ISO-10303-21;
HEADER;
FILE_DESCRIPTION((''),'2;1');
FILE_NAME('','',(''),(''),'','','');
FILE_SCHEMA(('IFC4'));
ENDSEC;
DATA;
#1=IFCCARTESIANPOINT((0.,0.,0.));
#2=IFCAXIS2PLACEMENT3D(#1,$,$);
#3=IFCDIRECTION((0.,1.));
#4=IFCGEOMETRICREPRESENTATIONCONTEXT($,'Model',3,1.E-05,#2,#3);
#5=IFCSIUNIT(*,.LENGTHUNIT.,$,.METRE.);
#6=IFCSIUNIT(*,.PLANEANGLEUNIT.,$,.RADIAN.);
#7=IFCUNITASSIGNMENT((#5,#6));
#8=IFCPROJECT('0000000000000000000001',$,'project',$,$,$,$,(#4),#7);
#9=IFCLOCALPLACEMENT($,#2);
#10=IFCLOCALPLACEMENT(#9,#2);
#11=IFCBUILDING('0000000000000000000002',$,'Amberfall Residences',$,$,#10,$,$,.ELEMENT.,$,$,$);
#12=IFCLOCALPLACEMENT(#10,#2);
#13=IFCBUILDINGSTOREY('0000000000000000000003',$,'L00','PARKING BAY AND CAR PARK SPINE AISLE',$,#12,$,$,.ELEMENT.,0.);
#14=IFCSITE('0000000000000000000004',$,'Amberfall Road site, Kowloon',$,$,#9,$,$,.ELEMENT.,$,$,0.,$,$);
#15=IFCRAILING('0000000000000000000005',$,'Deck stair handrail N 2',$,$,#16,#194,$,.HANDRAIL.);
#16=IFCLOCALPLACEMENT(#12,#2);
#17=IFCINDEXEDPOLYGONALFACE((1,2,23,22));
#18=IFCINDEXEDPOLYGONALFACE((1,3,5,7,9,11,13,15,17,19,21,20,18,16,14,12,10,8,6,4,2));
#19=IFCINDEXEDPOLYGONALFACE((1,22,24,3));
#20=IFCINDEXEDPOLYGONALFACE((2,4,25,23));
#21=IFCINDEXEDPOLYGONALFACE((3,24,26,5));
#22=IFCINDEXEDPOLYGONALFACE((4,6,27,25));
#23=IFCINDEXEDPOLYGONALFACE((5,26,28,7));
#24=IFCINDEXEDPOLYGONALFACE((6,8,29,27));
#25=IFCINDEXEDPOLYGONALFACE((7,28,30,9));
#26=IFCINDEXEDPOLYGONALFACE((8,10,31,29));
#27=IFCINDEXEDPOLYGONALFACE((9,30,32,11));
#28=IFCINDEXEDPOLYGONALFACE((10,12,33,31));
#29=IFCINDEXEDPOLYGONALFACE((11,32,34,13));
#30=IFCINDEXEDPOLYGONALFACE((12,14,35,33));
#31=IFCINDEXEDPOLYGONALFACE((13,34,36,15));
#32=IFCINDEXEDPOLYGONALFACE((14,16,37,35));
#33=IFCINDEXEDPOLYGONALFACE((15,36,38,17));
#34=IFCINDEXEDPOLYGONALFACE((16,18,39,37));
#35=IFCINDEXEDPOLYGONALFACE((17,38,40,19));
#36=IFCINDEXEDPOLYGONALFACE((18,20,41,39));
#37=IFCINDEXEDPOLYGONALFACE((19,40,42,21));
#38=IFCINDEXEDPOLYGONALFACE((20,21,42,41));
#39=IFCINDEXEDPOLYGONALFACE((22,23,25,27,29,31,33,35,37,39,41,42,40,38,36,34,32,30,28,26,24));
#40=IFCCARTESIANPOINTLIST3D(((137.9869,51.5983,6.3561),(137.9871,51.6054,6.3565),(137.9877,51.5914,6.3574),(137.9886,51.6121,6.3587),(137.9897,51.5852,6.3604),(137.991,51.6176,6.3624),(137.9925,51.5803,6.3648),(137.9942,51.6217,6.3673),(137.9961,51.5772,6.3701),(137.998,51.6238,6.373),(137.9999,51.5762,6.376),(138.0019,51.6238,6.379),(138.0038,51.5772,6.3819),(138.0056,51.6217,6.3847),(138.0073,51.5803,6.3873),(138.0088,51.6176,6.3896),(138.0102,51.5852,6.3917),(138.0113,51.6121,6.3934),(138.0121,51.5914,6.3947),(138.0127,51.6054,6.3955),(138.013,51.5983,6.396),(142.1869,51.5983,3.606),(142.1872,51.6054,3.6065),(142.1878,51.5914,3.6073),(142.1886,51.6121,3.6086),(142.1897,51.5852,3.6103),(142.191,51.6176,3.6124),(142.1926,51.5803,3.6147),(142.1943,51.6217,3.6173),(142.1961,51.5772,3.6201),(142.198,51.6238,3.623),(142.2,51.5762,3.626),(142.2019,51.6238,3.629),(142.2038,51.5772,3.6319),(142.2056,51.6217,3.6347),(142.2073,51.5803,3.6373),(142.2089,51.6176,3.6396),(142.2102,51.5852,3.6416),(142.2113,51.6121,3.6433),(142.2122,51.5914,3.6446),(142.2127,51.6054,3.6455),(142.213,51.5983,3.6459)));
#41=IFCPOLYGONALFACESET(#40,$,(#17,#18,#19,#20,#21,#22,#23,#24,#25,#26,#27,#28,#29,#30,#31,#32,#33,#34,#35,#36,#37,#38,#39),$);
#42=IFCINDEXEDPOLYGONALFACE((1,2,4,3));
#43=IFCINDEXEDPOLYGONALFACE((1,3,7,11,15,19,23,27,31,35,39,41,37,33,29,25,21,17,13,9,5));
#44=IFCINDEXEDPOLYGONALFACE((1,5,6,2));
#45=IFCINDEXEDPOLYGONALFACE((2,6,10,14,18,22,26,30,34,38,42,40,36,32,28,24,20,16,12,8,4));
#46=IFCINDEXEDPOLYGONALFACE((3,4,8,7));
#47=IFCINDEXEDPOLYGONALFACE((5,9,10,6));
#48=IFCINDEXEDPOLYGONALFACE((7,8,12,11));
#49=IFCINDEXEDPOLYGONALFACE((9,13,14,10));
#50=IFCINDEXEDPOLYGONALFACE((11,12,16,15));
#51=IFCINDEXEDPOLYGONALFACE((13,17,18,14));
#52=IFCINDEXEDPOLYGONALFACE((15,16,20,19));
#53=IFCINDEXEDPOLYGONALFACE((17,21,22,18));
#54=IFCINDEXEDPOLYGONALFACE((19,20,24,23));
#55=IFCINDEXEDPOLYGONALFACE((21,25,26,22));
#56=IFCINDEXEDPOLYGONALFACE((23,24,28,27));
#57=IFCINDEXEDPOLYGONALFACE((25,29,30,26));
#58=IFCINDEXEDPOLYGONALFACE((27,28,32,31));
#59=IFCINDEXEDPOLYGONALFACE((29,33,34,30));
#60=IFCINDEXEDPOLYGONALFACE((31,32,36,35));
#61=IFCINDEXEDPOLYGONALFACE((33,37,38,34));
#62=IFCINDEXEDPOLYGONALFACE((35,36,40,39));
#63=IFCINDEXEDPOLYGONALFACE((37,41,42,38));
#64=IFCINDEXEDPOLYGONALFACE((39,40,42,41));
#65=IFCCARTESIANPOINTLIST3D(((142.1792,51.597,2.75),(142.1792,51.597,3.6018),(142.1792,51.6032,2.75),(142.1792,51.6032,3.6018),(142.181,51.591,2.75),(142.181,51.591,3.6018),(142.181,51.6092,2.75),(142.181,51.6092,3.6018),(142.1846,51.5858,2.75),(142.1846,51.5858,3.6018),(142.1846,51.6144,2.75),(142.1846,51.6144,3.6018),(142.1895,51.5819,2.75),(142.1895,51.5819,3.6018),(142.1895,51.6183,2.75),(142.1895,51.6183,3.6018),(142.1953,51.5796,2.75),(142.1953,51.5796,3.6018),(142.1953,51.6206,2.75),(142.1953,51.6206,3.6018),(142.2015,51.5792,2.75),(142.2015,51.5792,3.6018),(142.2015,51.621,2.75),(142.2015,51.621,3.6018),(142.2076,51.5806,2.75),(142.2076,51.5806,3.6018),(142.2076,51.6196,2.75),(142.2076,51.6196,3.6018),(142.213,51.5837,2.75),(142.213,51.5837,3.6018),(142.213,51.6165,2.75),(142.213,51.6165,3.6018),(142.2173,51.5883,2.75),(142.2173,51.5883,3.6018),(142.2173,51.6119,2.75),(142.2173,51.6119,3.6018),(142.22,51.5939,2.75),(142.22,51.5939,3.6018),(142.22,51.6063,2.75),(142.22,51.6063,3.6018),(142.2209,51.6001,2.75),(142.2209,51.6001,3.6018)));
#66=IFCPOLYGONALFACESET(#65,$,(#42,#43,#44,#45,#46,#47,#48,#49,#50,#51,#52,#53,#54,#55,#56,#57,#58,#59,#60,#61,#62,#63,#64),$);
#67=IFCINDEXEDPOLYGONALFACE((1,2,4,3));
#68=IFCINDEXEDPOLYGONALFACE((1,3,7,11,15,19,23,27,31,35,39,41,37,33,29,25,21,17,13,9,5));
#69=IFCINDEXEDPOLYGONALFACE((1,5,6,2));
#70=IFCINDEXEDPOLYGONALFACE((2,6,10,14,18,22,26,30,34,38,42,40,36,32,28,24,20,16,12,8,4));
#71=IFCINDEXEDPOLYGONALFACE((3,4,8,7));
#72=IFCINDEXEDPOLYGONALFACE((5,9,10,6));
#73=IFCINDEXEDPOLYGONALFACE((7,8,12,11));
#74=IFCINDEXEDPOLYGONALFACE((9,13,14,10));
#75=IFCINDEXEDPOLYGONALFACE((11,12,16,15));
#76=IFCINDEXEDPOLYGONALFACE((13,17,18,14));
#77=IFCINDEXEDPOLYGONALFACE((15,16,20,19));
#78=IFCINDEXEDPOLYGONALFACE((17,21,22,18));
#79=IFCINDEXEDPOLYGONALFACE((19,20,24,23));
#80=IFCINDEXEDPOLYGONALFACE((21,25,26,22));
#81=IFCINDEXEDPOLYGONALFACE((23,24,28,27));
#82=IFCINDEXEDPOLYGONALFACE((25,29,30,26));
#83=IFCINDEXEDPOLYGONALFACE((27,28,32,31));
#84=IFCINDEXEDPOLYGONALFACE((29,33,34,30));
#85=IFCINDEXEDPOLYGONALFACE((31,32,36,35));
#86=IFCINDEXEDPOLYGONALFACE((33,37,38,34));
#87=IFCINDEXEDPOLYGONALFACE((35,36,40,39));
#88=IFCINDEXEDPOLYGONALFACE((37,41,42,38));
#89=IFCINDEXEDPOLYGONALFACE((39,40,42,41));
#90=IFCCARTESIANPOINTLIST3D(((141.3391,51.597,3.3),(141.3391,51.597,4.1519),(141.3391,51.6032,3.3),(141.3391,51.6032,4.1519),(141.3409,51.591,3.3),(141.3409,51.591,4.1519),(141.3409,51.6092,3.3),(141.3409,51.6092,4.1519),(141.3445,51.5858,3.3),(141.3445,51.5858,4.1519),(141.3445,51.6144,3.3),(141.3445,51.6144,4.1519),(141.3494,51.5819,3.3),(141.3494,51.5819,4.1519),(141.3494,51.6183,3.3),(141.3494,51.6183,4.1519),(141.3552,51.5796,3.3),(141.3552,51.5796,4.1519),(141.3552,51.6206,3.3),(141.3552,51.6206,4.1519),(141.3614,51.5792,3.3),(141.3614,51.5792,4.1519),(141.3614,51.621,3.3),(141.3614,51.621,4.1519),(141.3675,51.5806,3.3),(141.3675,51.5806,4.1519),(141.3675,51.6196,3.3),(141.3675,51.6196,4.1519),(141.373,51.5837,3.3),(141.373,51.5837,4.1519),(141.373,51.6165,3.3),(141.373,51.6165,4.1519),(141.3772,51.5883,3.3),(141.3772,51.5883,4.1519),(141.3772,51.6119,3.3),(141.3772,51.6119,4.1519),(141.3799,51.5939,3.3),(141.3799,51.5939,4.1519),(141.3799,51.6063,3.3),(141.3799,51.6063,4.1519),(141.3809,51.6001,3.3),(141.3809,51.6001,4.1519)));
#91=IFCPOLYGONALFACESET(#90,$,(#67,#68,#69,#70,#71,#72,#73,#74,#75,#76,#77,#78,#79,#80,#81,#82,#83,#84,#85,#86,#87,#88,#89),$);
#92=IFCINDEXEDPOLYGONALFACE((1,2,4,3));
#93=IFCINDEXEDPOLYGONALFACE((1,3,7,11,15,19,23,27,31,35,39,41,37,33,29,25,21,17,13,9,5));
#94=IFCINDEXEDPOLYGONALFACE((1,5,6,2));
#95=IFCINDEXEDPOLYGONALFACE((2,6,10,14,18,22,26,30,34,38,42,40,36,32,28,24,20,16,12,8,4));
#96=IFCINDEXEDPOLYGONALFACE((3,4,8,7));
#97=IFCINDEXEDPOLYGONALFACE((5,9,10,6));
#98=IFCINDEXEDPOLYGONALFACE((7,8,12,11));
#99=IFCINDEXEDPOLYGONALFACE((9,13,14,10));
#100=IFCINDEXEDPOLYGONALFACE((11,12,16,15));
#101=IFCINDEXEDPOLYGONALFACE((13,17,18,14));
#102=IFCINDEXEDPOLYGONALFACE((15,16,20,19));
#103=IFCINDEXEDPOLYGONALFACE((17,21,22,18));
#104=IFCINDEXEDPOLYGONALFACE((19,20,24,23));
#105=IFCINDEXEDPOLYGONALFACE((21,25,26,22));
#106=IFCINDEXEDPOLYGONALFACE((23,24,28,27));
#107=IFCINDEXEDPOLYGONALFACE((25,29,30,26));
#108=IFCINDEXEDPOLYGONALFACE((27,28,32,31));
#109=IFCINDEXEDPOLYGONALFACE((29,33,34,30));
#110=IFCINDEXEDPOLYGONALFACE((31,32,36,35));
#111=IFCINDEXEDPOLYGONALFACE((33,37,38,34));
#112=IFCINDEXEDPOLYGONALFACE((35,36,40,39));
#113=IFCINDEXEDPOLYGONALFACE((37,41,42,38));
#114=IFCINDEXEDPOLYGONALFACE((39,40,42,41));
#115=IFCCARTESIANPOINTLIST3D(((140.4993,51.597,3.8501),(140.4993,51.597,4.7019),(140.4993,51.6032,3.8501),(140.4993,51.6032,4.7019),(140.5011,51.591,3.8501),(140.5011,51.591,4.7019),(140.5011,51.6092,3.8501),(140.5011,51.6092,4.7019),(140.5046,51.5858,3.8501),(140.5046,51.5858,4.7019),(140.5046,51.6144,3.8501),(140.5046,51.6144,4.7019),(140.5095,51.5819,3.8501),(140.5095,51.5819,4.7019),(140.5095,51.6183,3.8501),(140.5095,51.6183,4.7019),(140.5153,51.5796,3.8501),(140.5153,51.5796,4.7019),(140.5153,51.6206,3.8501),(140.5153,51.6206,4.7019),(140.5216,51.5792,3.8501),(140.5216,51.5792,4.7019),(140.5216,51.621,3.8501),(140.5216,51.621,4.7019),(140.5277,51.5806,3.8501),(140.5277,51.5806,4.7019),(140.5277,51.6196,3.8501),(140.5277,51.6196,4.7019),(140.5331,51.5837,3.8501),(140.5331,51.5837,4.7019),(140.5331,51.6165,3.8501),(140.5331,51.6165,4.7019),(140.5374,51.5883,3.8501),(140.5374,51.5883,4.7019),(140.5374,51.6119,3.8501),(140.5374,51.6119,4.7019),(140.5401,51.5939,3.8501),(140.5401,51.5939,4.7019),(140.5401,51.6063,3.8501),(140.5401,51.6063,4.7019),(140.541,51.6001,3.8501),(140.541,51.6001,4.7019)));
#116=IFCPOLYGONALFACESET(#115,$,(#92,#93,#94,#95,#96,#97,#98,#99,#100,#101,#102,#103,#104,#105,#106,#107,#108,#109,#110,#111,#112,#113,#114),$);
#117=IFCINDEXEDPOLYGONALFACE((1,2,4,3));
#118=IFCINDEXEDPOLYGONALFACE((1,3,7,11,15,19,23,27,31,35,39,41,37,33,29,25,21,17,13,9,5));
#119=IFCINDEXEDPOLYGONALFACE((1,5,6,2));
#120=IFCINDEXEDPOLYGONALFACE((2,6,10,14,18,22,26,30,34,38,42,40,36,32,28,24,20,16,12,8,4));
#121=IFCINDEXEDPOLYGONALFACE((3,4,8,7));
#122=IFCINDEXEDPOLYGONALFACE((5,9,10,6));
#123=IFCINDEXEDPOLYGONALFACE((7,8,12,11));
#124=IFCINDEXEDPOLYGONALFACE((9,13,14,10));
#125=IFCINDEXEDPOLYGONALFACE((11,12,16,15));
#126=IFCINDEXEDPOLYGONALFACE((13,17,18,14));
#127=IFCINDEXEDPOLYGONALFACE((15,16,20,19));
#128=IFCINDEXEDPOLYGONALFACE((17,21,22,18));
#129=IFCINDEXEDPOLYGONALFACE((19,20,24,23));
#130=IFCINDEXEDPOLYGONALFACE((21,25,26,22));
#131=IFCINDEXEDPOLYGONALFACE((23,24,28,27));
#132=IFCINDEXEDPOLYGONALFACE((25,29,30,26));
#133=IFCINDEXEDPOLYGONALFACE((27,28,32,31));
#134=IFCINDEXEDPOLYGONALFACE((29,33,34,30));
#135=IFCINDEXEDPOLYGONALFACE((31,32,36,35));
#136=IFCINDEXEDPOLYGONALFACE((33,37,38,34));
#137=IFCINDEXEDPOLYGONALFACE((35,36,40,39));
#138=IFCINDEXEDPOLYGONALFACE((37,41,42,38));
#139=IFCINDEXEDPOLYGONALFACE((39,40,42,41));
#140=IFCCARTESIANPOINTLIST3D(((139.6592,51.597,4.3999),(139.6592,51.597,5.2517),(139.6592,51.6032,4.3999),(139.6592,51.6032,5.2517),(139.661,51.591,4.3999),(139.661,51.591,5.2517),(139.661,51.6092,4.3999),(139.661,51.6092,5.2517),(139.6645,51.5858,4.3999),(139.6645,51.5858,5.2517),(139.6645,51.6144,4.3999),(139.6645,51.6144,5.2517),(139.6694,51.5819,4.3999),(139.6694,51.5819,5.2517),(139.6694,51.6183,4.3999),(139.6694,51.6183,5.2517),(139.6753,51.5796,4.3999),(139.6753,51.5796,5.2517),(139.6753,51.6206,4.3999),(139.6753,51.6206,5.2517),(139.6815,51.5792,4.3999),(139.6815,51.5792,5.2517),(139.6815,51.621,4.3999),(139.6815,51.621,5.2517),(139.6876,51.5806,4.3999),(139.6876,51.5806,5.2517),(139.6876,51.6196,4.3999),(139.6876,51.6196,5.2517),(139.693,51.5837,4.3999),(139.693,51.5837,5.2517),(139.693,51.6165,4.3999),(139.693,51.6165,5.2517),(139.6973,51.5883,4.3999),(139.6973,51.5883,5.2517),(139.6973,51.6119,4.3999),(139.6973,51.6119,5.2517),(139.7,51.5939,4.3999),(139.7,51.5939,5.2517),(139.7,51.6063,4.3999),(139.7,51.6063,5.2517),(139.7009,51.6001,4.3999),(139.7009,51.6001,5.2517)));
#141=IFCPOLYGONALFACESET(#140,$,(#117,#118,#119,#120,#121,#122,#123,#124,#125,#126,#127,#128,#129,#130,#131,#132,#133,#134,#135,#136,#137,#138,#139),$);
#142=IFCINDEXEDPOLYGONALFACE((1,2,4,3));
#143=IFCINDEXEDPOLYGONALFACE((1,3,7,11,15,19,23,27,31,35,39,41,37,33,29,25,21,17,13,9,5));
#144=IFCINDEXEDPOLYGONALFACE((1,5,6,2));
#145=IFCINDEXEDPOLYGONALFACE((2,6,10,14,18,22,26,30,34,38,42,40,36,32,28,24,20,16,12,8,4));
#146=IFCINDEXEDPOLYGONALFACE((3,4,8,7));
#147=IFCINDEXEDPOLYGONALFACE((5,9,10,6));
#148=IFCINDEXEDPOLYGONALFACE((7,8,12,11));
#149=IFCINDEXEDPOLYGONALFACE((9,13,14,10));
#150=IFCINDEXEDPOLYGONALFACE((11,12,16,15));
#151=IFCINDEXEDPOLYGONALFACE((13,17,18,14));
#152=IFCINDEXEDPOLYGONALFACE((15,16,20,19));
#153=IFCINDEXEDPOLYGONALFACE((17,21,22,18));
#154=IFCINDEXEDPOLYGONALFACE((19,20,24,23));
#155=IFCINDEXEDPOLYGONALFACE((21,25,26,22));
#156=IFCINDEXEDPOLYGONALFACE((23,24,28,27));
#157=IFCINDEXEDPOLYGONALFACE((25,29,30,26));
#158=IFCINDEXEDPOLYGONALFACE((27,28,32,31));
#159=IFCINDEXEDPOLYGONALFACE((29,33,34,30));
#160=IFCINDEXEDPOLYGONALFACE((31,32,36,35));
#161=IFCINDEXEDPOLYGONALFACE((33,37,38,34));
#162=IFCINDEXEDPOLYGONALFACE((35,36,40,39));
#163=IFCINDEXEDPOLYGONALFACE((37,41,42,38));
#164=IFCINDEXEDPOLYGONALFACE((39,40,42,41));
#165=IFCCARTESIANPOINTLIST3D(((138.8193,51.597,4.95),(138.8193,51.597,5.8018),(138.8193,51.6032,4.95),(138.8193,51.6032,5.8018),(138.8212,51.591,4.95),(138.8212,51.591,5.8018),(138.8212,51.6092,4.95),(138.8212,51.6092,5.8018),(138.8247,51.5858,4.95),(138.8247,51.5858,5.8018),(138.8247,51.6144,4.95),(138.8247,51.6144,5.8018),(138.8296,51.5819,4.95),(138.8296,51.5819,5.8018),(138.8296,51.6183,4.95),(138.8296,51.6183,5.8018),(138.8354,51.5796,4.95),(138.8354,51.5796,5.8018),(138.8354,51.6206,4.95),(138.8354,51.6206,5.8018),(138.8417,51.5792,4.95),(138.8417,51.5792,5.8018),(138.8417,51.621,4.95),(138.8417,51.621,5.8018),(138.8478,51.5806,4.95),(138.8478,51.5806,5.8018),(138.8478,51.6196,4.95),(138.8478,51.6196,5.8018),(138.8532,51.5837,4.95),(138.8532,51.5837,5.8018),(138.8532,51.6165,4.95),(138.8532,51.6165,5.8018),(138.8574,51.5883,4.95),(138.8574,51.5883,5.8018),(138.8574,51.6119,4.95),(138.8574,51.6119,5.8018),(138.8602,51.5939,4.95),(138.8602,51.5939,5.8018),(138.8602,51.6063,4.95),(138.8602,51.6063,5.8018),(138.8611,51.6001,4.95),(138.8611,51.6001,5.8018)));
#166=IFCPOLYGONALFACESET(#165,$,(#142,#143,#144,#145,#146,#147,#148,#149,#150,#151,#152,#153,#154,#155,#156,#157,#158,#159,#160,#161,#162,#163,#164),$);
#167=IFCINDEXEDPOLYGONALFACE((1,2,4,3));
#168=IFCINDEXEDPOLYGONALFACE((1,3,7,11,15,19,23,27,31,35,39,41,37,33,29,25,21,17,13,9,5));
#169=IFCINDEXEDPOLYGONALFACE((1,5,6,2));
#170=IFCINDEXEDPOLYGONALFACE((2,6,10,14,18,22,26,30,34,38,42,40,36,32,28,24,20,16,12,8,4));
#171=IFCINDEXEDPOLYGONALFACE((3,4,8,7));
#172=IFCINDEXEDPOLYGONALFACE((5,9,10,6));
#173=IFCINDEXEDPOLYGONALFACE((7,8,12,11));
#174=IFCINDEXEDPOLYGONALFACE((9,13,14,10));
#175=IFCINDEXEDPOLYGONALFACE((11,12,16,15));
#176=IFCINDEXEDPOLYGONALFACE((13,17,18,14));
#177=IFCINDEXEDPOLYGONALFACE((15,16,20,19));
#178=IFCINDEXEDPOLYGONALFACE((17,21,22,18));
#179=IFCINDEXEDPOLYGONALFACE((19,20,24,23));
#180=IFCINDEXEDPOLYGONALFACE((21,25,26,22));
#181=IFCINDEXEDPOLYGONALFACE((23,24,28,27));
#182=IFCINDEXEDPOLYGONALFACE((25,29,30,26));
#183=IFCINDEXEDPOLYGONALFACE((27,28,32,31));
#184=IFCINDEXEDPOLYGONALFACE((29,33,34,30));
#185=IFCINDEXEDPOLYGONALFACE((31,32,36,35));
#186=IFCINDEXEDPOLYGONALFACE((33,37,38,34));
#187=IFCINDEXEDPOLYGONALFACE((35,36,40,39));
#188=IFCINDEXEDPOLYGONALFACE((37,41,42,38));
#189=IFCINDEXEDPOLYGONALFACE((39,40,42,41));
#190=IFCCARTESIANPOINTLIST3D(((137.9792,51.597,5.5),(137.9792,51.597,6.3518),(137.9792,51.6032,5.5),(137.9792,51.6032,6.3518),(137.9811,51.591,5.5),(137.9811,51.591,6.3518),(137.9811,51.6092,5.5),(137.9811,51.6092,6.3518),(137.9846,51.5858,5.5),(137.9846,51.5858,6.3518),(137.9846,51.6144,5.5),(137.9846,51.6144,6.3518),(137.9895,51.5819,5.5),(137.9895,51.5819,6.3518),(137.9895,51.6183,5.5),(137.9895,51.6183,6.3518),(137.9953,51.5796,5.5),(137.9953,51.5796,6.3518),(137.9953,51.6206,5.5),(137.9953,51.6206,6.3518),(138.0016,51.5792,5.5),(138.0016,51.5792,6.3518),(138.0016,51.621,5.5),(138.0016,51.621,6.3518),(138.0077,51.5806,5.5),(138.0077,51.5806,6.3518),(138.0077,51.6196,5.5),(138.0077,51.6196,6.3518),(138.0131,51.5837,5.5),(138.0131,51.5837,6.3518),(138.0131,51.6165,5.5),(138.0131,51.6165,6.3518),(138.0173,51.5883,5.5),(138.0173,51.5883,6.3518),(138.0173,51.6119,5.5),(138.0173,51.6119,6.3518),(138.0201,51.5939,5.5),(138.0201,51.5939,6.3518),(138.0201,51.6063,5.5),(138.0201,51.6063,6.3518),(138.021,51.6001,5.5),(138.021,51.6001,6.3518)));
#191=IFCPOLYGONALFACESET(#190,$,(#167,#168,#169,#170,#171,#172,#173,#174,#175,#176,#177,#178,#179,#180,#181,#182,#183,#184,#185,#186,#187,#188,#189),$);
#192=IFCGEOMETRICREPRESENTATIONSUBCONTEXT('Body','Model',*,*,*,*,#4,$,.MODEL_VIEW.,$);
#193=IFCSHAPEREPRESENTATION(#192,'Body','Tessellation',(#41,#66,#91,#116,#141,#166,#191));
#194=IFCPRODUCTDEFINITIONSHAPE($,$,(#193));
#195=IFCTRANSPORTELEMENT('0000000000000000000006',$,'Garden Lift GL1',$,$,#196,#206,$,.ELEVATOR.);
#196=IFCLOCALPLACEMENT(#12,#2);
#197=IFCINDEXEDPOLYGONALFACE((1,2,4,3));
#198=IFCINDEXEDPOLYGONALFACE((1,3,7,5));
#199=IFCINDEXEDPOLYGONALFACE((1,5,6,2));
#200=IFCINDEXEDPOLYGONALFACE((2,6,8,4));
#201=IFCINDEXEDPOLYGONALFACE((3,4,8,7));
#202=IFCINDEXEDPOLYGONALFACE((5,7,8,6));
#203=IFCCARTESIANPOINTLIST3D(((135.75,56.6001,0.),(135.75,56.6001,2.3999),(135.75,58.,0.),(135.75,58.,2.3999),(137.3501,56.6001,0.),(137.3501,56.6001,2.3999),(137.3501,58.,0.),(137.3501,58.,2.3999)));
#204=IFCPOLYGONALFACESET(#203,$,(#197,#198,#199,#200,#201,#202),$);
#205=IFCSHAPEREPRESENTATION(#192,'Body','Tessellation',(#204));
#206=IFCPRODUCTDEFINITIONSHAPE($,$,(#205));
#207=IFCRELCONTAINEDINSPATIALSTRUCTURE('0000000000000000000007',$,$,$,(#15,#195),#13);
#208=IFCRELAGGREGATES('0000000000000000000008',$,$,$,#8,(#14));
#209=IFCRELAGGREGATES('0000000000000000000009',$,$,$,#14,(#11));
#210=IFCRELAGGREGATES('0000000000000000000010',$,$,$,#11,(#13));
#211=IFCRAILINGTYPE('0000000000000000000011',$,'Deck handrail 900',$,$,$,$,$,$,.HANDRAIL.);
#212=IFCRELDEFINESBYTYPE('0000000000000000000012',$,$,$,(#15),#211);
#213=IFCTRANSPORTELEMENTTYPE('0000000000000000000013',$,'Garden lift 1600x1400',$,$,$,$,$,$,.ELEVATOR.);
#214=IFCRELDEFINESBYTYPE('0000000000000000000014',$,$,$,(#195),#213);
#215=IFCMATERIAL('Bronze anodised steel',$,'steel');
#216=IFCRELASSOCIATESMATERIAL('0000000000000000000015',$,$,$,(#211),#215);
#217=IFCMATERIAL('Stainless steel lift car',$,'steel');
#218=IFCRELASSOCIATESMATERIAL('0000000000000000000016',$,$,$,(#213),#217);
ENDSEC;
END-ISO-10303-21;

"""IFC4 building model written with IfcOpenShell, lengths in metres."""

from ifc_helpers import new_model, si_unit, direction, frame, origin, origin_2d, place, context, subcontext, project, spatial, rectangle, circle, extrude, material, type_object, element, save


model = new_model("IFC4")

# Units and contexts
model_context = context("Model", 3, precision=1e-05, world=origin(), true_north=direction((0.0, 1.0)))
body_context = subcontext(model_context, "Body", "Model", "MODEL_VIEW")
ifc_project = project(units=[si_unit("LENGTHUNIT", "METRE"), si_unit("PLANEANGLEUNIT", "RADIAN")], contexts=[model_context])

# Site, building, storey
site_placement = place(None, origin())
site = spatial("IfcSite", under=ifc_project, at=site_placement, Name="Amberfall Road site, Kowloon", CompositionType="ELEMENT", RefElevation=0.0)
building_placement = place(site_placement, origin())
building = spatial("IfcBuilding", under=site, at=building_placement, Name="Amberfall Residences", CompositionType="ELEMENT")
storey_placement = place(building_placement, origin())
storey = spatial("IfcBuildingStorey", under=building, at=storey_placement, Name="L00", Description="PARKING BAY AND CAR PARK SPINE AISLE", CompositionType="ELEMENT", Elevation=0.0)

# Railing
ifc_material_1 = material(Name="Bronze anodised steel", Category="steel")
railing_type = type_object("IfcRailingType", Name="Deck handrail 900", PredefinedType="HANDRAIL", material=ifc_material_1)
railing_1_placement = place(storey_placement, frame((142.2, 51.6001, 2.75)))
element("IfcRailing", 1, at=railing_1_placement, inside=storey, type_object=railing_type, Name="Deck stair handrail N 2", PredefinedType="HANDRAIL", context=body_context, shape_type="SweptSolid", body=[
    extrude(circle(Radius=0.0239, at=origin_2d()), frame((0.0, 0.0, 0.876), z_axis=(-0.836616, 0.0, 0.54779), x_axis=(0.0, -1.0, 0.0)), (0.0, 0.0, 1.0), 5.0203),
    extrude(circle(Radius=0.021, at=origin_2d()), origin(), (0.0, 0.0, 1.0), 0.8518),
    extrude(circle(Radius=0.021, at=origin_2d()), frame((-0.8401, 0.0, 0.55)), (0.0, 0.0, 1.0), 0.8518),
    extrude(circle(Radius=0.021, at=origin_2d()), frame((-1.6799, 0.0, 1.1001)), (0.0, 0.0, 1.0), 0.8518),
    extrude(circle(Radius=0.021, at=origin_2d()), frame((-2.52, 0.0, 1.6499)), (0.0, 0.0, 1.0), 0.8518),
    extrude(circle(Radius=0.021, at=origin_2d()), frame((-3.3599, 0.0, 2.2)), (0.0, 0.0, 1.0), 0.8518),
    extrude(circle(Radius=0.021, at=origin_2d()), frame((-4.2, 0.0, 2.75)), (0.0, 0.0, 1.0), 0.8518),
])

# Transport element
ifc_material_2 = material(Name="Stainless steel lift car", Category="steel")
transport_element_type = type_object("IfcTransportElementType", Name="Garden lift 1600x1400", PredefinedType="ELEVATOR", material=ifc_material_2)
transport_element_placement = place(storey_placement, frame((136.55, 57.3, 0.0), z_axis=(0.0, 0.0, 1.0), x_axis=(1.0, 0.0, 0.0)))
element("IfcTransportElement", 2, at=transport_element_placement, inside=storey, type_object=transport_element_type, Name="Garden Lift GL1", PredefinedType="ELEVATOR", context=body_context, shape_type="SweptSolid", body=[
    extrude(rectangle(XDim=1.6001, YDim=1.3999, at=origin_2d()), origin(), (0.0, 0.0, 1.0), 2.3999),
])

save(model, "model.ifc")
